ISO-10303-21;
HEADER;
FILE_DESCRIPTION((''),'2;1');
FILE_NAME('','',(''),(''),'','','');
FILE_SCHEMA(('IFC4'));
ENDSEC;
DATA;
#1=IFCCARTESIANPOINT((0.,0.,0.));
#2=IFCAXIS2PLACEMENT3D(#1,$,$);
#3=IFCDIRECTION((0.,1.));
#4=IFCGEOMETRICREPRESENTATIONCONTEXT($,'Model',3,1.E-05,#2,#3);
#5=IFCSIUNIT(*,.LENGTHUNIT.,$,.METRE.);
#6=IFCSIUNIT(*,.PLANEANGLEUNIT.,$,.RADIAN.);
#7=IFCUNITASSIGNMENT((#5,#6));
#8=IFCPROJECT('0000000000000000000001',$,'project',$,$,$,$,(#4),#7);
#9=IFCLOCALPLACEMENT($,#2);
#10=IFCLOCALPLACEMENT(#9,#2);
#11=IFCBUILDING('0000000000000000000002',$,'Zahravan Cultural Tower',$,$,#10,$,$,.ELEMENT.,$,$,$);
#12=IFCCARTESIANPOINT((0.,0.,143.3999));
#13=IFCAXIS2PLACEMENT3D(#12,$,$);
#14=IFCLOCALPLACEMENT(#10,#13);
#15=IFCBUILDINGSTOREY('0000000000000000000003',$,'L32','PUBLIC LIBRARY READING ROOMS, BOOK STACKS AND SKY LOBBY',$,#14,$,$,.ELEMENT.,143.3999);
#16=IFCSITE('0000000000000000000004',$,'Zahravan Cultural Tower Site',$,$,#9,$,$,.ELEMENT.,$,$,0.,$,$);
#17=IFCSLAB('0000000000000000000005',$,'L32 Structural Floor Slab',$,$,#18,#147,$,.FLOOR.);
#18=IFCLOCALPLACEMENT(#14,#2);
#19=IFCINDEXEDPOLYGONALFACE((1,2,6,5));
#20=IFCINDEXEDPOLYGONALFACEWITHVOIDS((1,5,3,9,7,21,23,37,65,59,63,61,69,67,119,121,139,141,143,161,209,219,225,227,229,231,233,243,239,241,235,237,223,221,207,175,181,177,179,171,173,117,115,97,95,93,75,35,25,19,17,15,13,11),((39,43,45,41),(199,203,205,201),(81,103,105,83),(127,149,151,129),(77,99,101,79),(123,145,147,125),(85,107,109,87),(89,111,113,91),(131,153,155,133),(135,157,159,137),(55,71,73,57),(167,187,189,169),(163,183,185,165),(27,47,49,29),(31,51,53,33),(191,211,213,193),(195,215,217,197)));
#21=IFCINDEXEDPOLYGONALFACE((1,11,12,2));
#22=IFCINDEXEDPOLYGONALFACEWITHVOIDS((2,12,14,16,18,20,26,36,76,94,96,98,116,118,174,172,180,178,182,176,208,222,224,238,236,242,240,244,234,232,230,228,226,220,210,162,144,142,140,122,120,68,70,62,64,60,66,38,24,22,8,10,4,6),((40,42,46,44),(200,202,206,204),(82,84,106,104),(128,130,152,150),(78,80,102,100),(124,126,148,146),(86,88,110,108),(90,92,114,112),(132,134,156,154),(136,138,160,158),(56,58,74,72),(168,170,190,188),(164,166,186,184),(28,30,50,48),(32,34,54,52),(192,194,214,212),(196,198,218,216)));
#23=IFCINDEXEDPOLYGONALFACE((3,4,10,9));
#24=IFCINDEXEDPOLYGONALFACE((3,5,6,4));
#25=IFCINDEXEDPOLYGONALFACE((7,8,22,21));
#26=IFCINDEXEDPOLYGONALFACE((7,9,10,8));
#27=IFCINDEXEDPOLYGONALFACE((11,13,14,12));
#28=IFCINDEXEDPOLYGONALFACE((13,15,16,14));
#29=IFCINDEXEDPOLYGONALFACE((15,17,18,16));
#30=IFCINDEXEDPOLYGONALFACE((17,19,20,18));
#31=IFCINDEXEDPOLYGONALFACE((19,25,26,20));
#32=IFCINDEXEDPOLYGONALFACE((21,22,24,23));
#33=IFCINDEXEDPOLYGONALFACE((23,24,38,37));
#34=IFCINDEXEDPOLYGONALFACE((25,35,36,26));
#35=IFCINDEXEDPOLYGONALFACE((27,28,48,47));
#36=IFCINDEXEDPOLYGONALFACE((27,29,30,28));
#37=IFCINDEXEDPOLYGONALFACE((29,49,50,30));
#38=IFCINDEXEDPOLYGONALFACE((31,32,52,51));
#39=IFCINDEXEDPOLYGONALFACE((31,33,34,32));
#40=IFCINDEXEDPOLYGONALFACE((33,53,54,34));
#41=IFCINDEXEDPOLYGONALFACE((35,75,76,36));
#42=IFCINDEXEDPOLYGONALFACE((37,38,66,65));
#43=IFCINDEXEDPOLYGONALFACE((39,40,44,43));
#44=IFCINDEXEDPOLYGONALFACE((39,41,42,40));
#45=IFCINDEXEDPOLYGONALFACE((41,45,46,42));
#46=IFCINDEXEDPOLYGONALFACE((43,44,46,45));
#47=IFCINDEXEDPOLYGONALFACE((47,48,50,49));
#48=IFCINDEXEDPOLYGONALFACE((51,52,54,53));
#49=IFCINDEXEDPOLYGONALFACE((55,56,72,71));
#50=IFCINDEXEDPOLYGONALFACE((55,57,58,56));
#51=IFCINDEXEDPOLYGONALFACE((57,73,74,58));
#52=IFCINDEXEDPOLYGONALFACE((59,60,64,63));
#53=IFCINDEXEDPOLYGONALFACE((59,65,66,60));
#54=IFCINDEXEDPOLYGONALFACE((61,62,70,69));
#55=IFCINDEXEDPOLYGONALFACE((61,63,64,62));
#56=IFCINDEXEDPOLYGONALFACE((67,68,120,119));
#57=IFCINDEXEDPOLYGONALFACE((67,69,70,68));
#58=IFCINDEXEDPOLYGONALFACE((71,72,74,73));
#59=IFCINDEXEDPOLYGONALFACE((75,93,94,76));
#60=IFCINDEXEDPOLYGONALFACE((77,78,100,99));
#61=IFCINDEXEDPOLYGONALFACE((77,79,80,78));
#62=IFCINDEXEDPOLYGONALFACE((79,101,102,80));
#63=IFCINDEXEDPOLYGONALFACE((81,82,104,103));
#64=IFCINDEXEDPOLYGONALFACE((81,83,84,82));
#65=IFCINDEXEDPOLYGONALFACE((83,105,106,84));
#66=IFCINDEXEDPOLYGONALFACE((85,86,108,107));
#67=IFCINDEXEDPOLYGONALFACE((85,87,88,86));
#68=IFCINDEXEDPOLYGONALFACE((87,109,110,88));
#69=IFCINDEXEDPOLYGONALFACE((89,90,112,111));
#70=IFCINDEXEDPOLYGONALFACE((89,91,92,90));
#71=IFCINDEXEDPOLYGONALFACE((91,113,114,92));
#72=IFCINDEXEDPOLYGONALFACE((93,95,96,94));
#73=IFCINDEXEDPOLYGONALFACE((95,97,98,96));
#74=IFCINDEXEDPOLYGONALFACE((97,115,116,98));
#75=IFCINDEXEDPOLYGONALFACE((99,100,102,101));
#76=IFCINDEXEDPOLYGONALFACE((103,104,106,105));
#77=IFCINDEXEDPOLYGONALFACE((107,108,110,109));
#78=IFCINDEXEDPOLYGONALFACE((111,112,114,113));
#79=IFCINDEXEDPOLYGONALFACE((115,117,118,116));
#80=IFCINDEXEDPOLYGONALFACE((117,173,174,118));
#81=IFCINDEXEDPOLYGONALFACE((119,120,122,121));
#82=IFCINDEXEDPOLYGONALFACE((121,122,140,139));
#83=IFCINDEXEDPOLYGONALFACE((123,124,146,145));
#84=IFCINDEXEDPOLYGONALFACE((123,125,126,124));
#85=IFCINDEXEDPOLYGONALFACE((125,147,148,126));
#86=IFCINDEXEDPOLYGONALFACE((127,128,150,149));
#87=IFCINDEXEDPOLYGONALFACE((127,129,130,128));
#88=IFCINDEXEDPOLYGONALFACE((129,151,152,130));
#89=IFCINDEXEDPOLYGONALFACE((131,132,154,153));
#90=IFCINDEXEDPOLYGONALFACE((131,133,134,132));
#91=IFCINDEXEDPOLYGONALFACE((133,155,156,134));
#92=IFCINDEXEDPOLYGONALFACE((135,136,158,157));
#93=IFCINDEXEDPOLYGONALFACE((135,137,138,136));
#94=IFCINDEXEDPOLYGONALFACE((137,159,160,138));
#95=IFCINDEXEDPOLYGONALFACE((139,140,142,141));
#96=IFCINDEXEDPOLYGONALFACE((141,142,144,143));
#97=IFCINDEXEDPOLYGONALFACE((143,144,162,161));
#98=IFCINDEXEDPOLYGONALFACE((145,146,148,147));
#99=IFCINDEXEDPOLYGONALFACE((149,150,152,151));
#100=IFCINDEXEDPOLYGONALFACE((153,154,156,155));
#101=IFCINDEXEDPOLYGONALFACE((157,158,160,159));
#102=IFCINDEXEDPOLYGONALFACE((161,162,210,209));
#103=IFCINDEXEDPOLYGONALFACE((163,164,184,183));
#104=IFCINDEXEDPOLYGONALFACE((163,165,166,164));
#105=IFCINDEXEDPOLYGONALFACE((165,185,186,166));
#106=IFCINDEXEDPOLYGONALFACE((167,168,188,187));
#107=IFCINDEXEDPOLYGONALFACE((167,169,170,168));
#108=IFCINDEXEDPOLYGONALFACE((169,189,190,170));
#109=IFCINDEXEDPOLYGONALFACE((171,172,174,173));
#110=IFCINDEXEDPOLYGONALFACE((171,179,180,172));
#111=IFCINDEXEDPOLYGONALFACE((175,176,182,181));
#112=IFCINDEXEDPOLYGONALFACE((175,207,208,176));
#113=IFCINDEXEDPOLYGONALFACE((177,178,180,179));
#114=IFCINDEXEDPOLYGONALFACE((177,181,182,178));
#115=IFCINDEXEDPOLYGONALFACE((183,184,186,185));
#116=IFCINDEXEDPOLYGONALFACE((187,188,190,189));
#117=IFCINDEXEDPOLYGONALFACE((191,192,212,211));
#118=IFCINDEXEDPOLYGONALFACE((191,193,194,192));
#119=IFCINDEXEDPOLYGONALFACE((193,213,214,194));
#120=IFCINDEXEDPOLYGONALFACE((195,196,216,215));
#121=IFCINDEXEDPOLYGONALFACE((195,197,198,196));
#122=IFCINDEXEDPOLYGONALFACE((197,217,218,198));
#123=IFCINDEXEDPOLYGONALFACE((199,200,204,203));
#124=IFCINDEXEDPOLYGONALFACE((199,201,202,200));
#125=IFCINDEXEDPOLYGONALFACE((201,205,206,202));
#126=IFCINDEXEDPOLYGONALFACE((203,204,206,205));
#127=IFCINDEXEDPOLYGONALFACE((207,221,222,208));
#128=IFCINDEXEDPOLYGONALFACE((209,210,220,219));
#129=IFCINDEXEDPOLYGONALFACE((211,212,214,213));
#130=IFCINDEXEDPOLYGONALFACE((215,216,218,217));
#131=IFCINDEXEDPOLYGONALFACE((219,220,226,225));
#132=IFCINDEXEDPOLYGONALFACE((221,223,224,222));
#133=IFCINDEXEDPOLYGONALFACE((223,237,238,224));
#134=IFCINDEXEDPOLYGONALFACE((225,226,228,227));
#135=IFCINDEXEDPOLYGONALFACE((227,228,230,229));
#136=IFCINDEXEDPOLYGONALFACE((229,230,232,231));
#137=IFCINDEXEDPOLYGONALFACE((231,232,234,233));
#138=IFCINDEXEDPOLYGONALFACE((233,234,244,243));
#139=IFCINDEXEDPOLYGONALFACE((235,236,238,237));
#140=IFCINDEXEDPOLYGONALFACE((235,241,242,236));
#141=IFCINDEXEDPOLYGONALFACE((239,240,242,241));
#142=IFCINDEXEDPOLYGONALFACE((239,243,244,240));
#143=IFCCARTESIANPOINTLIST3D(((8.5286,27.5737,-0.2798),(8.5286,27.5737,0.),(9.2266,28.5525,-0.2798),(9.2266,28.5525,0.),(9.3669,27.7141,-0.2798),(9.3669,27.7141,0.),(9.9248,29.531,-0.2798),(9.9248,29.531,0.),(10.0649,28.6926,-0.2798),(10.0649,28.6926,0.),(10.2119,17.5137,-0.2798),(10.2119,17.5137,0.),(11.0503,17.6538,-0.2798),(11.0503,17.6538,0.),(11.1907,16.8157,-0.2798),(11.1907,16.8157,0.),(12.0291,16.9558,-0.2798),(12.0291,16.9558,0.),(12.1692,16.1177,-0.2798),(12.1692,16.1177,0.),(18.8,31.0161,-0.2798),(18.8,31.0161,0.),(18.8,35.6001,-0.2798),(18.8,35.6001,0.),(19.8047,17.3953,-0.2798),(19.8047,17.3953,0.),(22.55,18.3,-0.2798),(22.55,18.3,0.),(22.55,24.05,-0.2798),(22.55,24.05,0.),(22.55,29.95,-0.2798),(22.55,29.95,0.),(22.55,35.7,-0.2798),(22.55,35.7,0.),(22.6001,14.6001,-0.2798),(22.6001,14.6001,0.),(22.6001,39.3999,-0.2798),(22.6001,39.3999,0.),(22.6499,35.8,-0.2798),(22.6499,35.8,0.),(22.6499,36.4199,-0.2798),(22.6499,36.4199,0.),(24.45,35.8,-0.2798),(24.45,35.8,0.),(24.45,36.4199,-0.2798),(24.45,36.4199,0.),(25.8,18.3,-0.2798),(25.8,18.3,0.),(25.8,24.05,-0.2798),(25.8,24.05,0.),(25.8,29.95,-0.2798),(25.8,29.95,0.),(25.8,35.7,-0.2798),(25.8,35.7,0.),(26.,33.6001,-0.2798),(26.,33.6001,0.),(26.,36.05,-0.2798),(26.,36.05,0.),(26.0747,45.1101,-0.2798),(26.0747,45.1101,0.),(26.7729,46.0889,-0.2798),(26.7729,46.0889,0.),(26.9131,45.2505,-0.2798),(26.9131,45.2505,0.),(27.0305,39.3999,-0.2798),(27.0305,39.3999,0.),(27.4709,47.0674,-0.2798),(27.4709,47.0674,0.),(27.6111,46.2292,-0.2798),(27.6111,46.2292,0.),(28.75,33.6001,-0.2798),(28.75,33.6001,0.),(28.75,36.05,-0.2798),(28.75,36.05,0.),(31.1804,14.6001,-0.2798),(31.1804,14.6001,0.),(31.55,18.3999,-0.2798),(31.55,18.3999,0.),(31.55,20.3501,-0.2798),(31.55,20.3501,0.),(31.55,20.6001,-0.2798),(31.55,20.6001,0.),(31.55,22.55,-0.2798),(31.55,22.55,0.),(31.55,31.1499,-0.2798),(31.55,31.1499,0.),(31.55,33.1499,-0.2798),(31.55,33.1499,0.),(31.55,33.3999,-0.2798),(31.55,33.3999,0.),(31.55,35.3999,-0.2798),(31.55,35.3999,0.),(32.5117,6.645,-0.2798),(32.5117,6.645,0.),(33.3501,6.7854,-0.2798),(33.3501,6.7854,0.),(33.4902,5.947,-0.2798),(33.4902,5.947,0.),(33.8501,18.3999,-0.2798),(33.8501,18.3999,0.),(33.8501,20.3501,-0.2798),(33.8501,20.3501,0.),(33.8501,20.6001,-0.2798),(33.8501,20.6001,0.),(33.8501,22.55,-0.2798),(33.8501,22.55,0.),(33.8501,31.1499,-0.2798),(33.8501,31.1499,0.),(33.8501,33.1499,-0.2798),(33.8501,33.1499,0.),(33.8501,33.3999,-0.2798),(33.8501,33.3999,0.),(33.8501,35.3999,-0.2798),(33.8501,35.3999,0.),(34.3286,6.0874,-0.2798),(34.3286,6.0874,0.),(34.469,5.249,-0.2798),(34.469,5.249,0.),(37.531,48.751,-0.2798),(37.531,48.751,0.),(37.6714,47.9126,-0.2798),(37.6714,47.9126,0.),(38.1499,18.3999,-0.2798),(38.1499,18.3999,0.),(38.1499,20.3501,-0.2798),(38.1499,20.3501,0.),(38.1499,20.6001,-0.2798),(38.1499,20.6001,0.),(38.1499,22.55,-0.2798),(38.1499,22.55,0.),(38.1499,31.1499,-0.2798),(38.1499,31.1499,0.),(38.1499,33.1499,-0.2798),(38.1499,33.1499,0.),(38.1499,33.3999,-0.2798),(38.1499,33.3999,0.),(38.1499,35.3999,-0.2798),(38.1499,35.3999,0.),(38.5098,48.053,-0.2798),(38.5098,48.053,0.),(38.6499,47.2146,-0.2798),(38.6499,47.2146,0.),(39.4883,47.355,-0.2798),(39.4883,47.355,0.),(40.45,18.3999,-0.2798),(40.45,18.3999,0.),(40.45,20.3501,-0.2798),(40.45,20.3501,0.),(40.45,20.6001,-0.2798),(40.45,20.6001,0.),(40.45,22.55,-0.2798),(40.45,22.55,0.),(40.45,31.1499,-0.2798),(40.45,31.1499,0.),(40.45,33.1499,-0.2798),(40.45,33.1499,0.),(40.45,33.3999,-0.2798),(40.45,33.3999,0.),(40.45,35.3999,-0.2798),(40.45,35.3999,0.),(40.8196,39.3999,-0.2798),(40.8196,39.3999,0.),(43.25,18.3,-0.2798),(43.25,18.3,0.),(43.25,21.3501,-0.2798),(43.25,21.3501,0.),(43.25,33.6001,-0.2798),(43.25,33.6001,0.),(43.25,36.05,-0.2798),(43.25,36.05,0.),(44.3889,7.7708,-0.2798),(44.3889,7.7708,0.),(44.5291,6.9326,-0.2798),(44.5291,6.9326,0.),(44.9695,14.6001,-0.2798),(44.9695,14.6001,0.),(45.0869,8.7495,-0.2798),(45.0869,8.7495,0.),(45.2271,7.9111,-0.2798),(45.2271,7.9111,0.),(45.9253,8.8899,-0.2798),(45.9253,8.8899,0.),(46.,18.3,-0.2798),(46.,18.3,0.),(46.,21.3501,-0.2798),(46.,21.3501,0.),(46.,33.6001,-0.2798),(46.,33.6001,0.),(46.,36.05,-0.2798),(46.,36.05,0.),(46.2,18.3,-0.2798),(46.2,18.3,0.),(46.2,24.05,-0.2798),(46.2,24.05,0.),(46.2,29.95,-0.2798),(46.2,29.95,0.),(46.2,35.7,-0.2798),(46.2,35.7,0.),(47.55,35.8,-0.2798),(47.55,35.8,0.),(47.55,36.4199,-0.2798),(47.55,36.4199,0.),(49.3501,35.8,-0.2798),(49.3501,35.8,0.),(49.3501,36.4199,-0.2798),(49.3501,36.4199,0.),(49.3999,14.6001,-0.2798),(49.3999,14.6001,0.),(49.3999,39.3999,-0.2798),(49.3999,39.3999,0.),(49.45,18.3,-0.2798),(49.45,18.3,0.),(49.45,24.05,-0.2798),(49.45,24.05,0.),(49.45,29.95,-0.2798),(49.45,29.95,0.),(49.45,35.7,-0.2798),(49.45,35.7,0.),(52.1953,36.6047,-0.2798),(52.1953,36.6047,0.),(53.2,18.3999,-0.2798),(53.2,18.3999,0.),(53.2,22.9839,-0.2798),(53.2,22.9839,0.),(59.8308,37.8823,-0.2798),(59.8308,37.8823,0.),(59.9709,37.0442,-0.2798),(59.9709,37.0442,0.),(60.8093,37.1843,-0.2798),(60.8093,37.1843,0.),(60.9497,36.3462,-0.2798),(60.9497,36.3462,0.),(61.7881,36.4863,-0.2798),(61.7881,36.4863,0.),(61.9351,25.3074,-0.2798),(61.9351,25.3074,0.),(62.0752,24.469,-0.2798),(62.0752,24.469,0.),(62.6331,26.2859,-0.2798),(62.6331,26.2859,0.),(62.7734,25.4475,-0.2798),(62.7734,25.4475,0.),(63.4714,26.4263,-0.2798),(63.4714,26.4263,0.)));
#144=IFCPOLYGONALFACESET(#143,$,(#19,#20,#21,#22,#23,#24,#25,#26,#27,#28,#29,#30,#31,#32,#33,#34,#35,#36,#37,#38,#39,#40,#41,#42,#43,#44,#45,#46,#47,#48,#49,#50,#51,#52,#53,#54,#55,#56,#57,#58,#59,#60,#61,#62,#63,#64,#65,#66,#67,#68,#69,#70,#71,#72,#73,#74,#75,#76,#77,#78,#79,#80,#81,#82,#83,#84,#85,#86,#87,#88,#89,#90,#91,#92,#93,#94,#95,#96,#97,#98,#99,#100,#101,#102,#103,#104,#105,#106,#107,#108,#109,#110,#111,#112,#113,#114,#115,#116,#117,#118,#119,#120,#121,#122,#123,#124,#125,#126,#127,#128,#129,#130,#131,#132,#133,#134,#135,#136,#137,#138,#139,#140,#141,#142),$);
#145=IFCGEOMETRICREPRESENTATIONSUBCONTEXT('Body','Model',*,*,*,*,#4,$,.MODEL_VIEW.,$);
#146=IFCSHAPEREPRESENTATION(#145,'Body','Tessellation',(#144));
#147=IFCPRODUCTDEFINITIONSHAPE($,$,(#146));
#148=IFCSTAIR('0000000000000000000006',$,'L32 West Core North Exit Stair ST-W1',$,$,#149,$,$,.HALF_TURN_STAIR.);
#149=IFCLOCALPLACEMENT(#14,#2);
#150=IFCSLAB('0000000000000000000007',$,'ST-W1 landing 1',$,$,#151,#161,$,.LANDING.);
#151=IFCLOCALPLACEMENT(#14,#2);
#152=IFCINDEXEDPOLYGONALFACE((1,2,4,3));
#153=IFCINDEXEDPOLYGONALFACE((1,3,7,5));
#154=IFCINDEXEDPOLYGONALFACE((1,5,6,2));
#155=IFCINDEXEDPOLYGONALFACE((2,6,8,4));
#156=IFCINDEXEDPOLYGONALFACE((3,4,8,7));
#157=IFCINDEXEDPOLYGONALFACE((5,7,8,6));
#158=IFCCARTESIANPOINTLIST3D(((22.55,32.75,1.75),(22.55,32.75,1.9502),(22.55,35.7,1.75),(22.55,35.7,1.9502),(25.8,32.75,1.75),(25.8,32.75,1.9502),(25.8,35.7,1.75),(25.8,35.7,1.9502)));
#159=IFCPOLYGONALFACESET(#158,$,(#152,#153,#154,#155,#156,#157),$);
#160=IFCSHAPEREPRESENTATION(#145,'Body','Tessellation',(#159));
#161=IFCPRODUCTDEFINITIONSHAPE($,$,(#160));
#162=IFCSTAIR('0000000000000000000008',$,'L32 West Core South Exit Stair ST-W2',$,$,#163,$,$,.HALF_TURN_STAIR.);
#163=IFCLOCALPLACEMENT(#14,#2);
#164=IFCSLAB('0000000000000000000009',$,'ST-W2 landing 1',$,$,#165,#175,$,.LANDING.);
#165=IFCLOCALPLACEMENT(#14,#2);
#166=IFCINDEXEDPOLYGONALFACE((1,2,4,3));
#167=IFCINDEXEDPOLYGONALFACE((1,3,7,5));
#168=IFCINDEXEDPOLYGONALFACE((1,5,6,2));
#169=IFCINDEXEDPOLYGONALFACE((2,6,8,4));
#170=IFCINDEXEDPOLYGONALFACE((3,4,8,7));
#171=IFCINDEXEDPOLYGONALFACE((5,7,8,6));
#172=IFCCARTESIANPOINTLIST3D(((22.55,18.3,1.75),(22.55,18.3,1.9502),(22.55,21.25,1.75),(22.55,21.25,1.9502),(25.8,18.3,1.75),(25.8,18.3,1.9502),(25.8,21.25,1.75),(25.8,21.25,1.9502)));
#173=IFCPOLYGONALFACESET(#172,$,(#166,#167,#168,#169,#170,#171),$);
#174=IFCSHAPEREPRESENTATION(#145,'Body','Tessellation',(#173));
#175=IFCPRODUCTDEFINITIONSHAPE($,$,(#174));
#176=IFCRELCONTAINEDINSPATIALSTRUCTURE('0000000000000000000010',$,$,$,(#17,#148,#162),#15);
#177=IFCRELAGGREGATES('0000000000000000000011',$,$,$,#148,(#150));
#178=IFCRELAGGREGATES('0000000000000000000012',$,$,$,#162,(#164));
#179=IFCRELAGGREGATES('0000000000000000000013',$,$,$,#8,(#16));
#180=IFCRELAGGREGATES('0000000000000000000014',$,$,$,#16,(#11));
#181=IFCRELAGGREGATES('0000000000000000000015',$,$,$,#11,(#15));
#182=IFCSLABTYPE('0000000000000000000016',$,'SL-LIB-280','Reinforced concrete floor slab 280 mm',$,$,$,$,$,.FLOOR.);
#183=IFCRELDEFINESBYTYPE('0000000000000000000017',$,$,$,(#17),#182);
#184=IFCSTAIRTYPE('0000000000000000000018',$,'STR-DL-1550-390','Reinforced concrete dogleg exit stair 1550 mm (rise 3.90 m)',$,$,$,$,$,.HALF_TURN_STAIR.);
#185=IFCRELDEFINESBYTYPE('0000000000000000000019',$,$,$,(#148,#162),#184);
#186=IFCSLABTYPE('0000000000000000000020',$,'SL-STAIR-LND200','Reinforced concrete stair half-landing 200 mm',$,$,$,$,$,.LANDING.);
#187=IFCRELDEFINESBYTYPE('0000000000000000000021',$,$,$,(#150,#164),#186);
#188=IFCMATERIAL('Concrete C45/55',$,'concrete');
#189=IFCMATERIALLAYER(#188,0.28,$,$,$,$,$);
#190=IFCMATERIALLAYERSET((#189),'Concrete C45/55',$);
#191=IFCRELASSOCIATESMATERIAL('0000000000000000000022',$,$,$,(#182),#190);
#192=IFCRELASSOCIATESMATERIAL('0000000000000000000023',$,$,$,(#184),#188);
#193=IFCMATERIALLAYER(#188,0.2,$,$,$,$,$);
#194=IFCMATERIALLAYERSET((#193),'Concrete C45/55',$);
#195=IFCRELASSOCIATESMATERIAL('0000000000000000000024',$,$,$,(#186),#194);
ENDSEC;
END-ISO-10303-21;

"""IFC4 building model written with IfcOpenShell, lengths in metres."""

from ifc_helpers import new_model, si_unit, direction, frame, origin, place, context, subcontext, project, spatial, polyline, outline, extrude, material, layer, layer_set, type_object, element, aggregate, save


model = new_model("IFC4")

# Units and contexts
model_context = context("Model", 3, precision=1e-05, world=origin(), true_north=direction((0.0, 1.0)))
body_context = subcontext(model_context, "Body", "Model", "MODEL_VIEW")
ifc_project = project(units=[si_unit("LENGTHUNIT", "METRE"), si_unit("PLANEANGLEUNIT", "RADIAN")], contexts=[model_context])

# Site, building, storey
site_placement = place(None, origin())
site = spatial("IfcSite", under=ifc_project, at=site_placement, Name="Zahravan Cultural Tower Site", CompositionType="ELEMENT", RefElevation=0.0)
building_placement = place(site_placement, origin())
building = spatial("IfcBuilding", under=site, at=building_placement, Name="Zahravan Cultural Tower", CompositionType="ELEMENT")
storey_placement = place(building_placement, frame((0.0, 0.0, 143.3999)))
storey = spatial("IfcBuildingStorey", under=building, at=storey_placement, Name="L32", Description="PUBLIC LIBRARY READING ROOMS, BOOK STACKS AND SKY LOBBY", CompositionType="ELEMENT", Elevation=143.3999)

# Slab
ifc_material_1 = material(Name="Concrete C45/55", Category="concrete")
ifc_layer_1 = layer(ifc_material_1, 0.28)
ifc_layer_set_1 = layer_set([ifc_layer_1], Name="Concrete C45/55")
slab_type_1 = type_object("IfcSlabType", Name="SL-LIB-280", Description="Reinforced concrete floor slab 280 mm", PredefinedType="FLOOR", material=ifc_layer_set_1)
slab_1_placement = place(storey_placement, frame((0.0, 0.0, -0.2798)))
element("IfcSlab", 1, at=slab_1_placement, inside=storey, type_object=slab_type_1, Name="L32 Structural Floor Slab", PredefinedType="FLOOR", context=body_context, shape_type="SweptSolid", body=[
    extrude(outline(polyline([(52.1953, 36.6047), (49.3999, 39.3999), (40.8196, 39.3999), (39.4883, 47.355), (38.6499, 47.2146), (38.5098, 48.053), (37.6714, 47.9126), (37.531, 48.751), (27.4709, 47.0674), (27.6111, 46.2292), (26.7729, 46.0889), (26.9131, 45.2505), (26.0747, 45.1101), (27.0305, 39.3999), (22.6001, 39.3999), (18.8, 35.6001), (18.8, 31.0161), (9.9248, 29.531), (10.0649, 28.6926), (9.2266, 28.5525), (9.3669, 27.7141), (8.5286, 27.5737), (10.2119, 17.5137), (11.0503, 17.6538), (11.1907, 16.8157), (12.0291, 16.9558), (12.1692, 16.1177), (19.8047, 17.3953), (22.6001, 14.6001), (31.1804, 14.6001), (32.5117, 6.645), (33.3501, 6.7854), (33.4902, 5.947), (34.3286, 6.0874), (34.469, 5.249), (44.5291, 6.9326), (44.3889, 7.7708), (45.2271, 7.9111), (45.0869, 8.7495), (45.9253, 8.8899), (44.9695, 14.6001), (49.3999, 14.6001), (53.2, 18.3999), (53.2, 22.9839), (62.0752, 24.469), (61.9351, 25.3074), (62.7734, 25.4475), (62.6331, 26.2859), (63.4714, 26.4263), (61.7881, 36.4863), (60.9497, 36.3462), (60.8093, 37.1843), (59.9709, 37.0442), (59.8308, 37.8823), (52.1953, 36.6047)]), holes=[polyline([(22.55, 29.95), (22.55, 35.7), (25.8, 35.7), (25.8, 29.95), (22.55, 29.95)]), polyline([(22.55, 18.3), (22.55, 24.05), (25.8, 24.05), (25.8, 18.3), (22.55, 18.3)]), polyline([(46.2, 29.95), (46.2, 35.7), (49.45, 35.7), (49.45, 29.95), (46.2, 29.95)]), polyline([(46.2, 18.3), (46.2, 24.05), (49.45, 24.05), (49.45, 18.3), (46.2, 18.3)]), polyline([(26.0, 33.6001), (26.0, 36.05), (28.75, 36.05), (28.75, 33.6001), (26.0, 33.6001)]), polyline([(43.25, 33.6001), (43.25, 36.05), (46.0, 36.05), (46.0, 33.6001), (43.25, 33.6001)]), polyline([(43.25, 18.3), (43.25, 21.3501), (46.0, 21.3501), (46.0, 18.3), (43.25, 18.3)]), polyline([(31.55, 33.3999), (31.55, 35.3999), (33.8501, 35.3999), (33.8501, 33.3999), (31.55, 33.3999)]), polyline([(31.55, 31.1499), (31.55, 33.1499), (33.8501, 33.1499), (33.8501, 31.1499), (31.55, 31.1499)]), polyline([(38.1499, 33.3999), (38.1499, 35.3999), (40.45, 35.3999), (40.45, 33.3999), (38.1499, 33.3999)]), polyline([(38.1499, 31.1499), (38.1499, 33.1499), (40.45, 33.1499), (40.45, 31.1499), (38.1499, 31.1499)]), polyline([(31.55, 20.6001), (31.55, 22.55), (33.8501, 22.55), (33.8501, 20.6001), (31.55, 20.6001)]), polyline([(31.55, 18.3999), (31.55, 20.3501), (33.8501, 20.3501), (33.8501, 18.3999), (31.55, 18.3999)]), polyline([(38.1499, 20.6001), (38.1499, 22.55), (40.45, 22.55), (40.45, 20.6001), (38.1499, 20.6001)]), polyline([(38.1499, 18.3999), (38.1499, 20.3501), (40.45, 20.3501), (40.45, 18.3999), (38.1499, 18.3999)]), polyline([(22.6499, 35.8), (22.6499, 36.4199), (24.45, 36.4199), (24.45, 35.8), (22.6499, 35.8)]), polyline([(47.55, 35.8), (47.55, 36.4199), (49.3501, 36.4199), (49.3501, 35.8), (47.55, 35.8)])]), origin(), (0.0, 0.0, 1.0), 0.2798),
])

# Stairs, slabs
stair_type = type_object("IfcStairType", Name="STR-DL-1550-390", Description="Reinforced concrete dogleg exit stair 1550 mm (rise 3.90 m)", PredefinedType="HALF_TURN_STAIR", material=ifc_material_1)
stair_1_placement = place(storey_placement, origin())
stair_1 = element("IfcStair", 2, at=stair_1_placement, inside=storey, type_object=stair_type, Name="L32 West Core North Exit Stair ST-W1", PredefinedType="HALF_TURN_STAIR")
ifc_layer_2 = layer(ifc_material_1, 0.2)
ifc_layer_set_2 = layer_set([ifc_layer_2], Name="Concrete C45/55")
slab_type_2 = type_object("IfcSlabType", Name="SL-STAIR-LND200", Description="Reinforced concrete stair half-landing 200 mm", PredefinedType="LANDING", material=ifc_layer_set_2)
slab_2_placement = place(storey_placement, frame((0.0, 0.0, 1.75)))
slab_2 = element("IfcSlab", 3, at=slab_2_placement, type_object=slab_type_2, Name="ST-W1 landing 1", PredefinedType="LANDING", context=body_context, shape_type="SweptSolid", body=[
    extrude(outline(polyline([(25.8, 32.75), (25.8, 35.7), (22.55, 35.7), (22.55, 32.75), (25.8, 32.75)])), origin(), (0.0, 0.0, 1.0), 0.2002),
])
aggregate(stair_1, [slab_2])
stair_2_placement = place(storey_placement, origin())
stair_2 = element("IfcStair", 4, at=stair_2_placement, inside=storey, type_object=stair_type, Name="L32 West Core South Exit Stair ST-W2", PredefinedType="HALF_TURN_STAIR")
slab_3_placement = place(storey_placement, frame((0.0, 0.0, 1.75)))
slab_3 = element("IfcSlab", 5, at=slab_3_placement, type_object=slab_type_2, Name="ST-W2 landing 1", PredefinedType="LANDING", context=body_context, shape_type="SweptSolid", body=[
    extrude(outline(polyline([(22.55, 21.25), (22.55, 18.3), (25.8, 18.3), (25.8, 21.25), (22.55, 21.25)])), origin(), (0.0, 0.0, 1.0), 0.2002),
])
aggregate(stair_2, [slab_3])

save(model, "model.ifc")
